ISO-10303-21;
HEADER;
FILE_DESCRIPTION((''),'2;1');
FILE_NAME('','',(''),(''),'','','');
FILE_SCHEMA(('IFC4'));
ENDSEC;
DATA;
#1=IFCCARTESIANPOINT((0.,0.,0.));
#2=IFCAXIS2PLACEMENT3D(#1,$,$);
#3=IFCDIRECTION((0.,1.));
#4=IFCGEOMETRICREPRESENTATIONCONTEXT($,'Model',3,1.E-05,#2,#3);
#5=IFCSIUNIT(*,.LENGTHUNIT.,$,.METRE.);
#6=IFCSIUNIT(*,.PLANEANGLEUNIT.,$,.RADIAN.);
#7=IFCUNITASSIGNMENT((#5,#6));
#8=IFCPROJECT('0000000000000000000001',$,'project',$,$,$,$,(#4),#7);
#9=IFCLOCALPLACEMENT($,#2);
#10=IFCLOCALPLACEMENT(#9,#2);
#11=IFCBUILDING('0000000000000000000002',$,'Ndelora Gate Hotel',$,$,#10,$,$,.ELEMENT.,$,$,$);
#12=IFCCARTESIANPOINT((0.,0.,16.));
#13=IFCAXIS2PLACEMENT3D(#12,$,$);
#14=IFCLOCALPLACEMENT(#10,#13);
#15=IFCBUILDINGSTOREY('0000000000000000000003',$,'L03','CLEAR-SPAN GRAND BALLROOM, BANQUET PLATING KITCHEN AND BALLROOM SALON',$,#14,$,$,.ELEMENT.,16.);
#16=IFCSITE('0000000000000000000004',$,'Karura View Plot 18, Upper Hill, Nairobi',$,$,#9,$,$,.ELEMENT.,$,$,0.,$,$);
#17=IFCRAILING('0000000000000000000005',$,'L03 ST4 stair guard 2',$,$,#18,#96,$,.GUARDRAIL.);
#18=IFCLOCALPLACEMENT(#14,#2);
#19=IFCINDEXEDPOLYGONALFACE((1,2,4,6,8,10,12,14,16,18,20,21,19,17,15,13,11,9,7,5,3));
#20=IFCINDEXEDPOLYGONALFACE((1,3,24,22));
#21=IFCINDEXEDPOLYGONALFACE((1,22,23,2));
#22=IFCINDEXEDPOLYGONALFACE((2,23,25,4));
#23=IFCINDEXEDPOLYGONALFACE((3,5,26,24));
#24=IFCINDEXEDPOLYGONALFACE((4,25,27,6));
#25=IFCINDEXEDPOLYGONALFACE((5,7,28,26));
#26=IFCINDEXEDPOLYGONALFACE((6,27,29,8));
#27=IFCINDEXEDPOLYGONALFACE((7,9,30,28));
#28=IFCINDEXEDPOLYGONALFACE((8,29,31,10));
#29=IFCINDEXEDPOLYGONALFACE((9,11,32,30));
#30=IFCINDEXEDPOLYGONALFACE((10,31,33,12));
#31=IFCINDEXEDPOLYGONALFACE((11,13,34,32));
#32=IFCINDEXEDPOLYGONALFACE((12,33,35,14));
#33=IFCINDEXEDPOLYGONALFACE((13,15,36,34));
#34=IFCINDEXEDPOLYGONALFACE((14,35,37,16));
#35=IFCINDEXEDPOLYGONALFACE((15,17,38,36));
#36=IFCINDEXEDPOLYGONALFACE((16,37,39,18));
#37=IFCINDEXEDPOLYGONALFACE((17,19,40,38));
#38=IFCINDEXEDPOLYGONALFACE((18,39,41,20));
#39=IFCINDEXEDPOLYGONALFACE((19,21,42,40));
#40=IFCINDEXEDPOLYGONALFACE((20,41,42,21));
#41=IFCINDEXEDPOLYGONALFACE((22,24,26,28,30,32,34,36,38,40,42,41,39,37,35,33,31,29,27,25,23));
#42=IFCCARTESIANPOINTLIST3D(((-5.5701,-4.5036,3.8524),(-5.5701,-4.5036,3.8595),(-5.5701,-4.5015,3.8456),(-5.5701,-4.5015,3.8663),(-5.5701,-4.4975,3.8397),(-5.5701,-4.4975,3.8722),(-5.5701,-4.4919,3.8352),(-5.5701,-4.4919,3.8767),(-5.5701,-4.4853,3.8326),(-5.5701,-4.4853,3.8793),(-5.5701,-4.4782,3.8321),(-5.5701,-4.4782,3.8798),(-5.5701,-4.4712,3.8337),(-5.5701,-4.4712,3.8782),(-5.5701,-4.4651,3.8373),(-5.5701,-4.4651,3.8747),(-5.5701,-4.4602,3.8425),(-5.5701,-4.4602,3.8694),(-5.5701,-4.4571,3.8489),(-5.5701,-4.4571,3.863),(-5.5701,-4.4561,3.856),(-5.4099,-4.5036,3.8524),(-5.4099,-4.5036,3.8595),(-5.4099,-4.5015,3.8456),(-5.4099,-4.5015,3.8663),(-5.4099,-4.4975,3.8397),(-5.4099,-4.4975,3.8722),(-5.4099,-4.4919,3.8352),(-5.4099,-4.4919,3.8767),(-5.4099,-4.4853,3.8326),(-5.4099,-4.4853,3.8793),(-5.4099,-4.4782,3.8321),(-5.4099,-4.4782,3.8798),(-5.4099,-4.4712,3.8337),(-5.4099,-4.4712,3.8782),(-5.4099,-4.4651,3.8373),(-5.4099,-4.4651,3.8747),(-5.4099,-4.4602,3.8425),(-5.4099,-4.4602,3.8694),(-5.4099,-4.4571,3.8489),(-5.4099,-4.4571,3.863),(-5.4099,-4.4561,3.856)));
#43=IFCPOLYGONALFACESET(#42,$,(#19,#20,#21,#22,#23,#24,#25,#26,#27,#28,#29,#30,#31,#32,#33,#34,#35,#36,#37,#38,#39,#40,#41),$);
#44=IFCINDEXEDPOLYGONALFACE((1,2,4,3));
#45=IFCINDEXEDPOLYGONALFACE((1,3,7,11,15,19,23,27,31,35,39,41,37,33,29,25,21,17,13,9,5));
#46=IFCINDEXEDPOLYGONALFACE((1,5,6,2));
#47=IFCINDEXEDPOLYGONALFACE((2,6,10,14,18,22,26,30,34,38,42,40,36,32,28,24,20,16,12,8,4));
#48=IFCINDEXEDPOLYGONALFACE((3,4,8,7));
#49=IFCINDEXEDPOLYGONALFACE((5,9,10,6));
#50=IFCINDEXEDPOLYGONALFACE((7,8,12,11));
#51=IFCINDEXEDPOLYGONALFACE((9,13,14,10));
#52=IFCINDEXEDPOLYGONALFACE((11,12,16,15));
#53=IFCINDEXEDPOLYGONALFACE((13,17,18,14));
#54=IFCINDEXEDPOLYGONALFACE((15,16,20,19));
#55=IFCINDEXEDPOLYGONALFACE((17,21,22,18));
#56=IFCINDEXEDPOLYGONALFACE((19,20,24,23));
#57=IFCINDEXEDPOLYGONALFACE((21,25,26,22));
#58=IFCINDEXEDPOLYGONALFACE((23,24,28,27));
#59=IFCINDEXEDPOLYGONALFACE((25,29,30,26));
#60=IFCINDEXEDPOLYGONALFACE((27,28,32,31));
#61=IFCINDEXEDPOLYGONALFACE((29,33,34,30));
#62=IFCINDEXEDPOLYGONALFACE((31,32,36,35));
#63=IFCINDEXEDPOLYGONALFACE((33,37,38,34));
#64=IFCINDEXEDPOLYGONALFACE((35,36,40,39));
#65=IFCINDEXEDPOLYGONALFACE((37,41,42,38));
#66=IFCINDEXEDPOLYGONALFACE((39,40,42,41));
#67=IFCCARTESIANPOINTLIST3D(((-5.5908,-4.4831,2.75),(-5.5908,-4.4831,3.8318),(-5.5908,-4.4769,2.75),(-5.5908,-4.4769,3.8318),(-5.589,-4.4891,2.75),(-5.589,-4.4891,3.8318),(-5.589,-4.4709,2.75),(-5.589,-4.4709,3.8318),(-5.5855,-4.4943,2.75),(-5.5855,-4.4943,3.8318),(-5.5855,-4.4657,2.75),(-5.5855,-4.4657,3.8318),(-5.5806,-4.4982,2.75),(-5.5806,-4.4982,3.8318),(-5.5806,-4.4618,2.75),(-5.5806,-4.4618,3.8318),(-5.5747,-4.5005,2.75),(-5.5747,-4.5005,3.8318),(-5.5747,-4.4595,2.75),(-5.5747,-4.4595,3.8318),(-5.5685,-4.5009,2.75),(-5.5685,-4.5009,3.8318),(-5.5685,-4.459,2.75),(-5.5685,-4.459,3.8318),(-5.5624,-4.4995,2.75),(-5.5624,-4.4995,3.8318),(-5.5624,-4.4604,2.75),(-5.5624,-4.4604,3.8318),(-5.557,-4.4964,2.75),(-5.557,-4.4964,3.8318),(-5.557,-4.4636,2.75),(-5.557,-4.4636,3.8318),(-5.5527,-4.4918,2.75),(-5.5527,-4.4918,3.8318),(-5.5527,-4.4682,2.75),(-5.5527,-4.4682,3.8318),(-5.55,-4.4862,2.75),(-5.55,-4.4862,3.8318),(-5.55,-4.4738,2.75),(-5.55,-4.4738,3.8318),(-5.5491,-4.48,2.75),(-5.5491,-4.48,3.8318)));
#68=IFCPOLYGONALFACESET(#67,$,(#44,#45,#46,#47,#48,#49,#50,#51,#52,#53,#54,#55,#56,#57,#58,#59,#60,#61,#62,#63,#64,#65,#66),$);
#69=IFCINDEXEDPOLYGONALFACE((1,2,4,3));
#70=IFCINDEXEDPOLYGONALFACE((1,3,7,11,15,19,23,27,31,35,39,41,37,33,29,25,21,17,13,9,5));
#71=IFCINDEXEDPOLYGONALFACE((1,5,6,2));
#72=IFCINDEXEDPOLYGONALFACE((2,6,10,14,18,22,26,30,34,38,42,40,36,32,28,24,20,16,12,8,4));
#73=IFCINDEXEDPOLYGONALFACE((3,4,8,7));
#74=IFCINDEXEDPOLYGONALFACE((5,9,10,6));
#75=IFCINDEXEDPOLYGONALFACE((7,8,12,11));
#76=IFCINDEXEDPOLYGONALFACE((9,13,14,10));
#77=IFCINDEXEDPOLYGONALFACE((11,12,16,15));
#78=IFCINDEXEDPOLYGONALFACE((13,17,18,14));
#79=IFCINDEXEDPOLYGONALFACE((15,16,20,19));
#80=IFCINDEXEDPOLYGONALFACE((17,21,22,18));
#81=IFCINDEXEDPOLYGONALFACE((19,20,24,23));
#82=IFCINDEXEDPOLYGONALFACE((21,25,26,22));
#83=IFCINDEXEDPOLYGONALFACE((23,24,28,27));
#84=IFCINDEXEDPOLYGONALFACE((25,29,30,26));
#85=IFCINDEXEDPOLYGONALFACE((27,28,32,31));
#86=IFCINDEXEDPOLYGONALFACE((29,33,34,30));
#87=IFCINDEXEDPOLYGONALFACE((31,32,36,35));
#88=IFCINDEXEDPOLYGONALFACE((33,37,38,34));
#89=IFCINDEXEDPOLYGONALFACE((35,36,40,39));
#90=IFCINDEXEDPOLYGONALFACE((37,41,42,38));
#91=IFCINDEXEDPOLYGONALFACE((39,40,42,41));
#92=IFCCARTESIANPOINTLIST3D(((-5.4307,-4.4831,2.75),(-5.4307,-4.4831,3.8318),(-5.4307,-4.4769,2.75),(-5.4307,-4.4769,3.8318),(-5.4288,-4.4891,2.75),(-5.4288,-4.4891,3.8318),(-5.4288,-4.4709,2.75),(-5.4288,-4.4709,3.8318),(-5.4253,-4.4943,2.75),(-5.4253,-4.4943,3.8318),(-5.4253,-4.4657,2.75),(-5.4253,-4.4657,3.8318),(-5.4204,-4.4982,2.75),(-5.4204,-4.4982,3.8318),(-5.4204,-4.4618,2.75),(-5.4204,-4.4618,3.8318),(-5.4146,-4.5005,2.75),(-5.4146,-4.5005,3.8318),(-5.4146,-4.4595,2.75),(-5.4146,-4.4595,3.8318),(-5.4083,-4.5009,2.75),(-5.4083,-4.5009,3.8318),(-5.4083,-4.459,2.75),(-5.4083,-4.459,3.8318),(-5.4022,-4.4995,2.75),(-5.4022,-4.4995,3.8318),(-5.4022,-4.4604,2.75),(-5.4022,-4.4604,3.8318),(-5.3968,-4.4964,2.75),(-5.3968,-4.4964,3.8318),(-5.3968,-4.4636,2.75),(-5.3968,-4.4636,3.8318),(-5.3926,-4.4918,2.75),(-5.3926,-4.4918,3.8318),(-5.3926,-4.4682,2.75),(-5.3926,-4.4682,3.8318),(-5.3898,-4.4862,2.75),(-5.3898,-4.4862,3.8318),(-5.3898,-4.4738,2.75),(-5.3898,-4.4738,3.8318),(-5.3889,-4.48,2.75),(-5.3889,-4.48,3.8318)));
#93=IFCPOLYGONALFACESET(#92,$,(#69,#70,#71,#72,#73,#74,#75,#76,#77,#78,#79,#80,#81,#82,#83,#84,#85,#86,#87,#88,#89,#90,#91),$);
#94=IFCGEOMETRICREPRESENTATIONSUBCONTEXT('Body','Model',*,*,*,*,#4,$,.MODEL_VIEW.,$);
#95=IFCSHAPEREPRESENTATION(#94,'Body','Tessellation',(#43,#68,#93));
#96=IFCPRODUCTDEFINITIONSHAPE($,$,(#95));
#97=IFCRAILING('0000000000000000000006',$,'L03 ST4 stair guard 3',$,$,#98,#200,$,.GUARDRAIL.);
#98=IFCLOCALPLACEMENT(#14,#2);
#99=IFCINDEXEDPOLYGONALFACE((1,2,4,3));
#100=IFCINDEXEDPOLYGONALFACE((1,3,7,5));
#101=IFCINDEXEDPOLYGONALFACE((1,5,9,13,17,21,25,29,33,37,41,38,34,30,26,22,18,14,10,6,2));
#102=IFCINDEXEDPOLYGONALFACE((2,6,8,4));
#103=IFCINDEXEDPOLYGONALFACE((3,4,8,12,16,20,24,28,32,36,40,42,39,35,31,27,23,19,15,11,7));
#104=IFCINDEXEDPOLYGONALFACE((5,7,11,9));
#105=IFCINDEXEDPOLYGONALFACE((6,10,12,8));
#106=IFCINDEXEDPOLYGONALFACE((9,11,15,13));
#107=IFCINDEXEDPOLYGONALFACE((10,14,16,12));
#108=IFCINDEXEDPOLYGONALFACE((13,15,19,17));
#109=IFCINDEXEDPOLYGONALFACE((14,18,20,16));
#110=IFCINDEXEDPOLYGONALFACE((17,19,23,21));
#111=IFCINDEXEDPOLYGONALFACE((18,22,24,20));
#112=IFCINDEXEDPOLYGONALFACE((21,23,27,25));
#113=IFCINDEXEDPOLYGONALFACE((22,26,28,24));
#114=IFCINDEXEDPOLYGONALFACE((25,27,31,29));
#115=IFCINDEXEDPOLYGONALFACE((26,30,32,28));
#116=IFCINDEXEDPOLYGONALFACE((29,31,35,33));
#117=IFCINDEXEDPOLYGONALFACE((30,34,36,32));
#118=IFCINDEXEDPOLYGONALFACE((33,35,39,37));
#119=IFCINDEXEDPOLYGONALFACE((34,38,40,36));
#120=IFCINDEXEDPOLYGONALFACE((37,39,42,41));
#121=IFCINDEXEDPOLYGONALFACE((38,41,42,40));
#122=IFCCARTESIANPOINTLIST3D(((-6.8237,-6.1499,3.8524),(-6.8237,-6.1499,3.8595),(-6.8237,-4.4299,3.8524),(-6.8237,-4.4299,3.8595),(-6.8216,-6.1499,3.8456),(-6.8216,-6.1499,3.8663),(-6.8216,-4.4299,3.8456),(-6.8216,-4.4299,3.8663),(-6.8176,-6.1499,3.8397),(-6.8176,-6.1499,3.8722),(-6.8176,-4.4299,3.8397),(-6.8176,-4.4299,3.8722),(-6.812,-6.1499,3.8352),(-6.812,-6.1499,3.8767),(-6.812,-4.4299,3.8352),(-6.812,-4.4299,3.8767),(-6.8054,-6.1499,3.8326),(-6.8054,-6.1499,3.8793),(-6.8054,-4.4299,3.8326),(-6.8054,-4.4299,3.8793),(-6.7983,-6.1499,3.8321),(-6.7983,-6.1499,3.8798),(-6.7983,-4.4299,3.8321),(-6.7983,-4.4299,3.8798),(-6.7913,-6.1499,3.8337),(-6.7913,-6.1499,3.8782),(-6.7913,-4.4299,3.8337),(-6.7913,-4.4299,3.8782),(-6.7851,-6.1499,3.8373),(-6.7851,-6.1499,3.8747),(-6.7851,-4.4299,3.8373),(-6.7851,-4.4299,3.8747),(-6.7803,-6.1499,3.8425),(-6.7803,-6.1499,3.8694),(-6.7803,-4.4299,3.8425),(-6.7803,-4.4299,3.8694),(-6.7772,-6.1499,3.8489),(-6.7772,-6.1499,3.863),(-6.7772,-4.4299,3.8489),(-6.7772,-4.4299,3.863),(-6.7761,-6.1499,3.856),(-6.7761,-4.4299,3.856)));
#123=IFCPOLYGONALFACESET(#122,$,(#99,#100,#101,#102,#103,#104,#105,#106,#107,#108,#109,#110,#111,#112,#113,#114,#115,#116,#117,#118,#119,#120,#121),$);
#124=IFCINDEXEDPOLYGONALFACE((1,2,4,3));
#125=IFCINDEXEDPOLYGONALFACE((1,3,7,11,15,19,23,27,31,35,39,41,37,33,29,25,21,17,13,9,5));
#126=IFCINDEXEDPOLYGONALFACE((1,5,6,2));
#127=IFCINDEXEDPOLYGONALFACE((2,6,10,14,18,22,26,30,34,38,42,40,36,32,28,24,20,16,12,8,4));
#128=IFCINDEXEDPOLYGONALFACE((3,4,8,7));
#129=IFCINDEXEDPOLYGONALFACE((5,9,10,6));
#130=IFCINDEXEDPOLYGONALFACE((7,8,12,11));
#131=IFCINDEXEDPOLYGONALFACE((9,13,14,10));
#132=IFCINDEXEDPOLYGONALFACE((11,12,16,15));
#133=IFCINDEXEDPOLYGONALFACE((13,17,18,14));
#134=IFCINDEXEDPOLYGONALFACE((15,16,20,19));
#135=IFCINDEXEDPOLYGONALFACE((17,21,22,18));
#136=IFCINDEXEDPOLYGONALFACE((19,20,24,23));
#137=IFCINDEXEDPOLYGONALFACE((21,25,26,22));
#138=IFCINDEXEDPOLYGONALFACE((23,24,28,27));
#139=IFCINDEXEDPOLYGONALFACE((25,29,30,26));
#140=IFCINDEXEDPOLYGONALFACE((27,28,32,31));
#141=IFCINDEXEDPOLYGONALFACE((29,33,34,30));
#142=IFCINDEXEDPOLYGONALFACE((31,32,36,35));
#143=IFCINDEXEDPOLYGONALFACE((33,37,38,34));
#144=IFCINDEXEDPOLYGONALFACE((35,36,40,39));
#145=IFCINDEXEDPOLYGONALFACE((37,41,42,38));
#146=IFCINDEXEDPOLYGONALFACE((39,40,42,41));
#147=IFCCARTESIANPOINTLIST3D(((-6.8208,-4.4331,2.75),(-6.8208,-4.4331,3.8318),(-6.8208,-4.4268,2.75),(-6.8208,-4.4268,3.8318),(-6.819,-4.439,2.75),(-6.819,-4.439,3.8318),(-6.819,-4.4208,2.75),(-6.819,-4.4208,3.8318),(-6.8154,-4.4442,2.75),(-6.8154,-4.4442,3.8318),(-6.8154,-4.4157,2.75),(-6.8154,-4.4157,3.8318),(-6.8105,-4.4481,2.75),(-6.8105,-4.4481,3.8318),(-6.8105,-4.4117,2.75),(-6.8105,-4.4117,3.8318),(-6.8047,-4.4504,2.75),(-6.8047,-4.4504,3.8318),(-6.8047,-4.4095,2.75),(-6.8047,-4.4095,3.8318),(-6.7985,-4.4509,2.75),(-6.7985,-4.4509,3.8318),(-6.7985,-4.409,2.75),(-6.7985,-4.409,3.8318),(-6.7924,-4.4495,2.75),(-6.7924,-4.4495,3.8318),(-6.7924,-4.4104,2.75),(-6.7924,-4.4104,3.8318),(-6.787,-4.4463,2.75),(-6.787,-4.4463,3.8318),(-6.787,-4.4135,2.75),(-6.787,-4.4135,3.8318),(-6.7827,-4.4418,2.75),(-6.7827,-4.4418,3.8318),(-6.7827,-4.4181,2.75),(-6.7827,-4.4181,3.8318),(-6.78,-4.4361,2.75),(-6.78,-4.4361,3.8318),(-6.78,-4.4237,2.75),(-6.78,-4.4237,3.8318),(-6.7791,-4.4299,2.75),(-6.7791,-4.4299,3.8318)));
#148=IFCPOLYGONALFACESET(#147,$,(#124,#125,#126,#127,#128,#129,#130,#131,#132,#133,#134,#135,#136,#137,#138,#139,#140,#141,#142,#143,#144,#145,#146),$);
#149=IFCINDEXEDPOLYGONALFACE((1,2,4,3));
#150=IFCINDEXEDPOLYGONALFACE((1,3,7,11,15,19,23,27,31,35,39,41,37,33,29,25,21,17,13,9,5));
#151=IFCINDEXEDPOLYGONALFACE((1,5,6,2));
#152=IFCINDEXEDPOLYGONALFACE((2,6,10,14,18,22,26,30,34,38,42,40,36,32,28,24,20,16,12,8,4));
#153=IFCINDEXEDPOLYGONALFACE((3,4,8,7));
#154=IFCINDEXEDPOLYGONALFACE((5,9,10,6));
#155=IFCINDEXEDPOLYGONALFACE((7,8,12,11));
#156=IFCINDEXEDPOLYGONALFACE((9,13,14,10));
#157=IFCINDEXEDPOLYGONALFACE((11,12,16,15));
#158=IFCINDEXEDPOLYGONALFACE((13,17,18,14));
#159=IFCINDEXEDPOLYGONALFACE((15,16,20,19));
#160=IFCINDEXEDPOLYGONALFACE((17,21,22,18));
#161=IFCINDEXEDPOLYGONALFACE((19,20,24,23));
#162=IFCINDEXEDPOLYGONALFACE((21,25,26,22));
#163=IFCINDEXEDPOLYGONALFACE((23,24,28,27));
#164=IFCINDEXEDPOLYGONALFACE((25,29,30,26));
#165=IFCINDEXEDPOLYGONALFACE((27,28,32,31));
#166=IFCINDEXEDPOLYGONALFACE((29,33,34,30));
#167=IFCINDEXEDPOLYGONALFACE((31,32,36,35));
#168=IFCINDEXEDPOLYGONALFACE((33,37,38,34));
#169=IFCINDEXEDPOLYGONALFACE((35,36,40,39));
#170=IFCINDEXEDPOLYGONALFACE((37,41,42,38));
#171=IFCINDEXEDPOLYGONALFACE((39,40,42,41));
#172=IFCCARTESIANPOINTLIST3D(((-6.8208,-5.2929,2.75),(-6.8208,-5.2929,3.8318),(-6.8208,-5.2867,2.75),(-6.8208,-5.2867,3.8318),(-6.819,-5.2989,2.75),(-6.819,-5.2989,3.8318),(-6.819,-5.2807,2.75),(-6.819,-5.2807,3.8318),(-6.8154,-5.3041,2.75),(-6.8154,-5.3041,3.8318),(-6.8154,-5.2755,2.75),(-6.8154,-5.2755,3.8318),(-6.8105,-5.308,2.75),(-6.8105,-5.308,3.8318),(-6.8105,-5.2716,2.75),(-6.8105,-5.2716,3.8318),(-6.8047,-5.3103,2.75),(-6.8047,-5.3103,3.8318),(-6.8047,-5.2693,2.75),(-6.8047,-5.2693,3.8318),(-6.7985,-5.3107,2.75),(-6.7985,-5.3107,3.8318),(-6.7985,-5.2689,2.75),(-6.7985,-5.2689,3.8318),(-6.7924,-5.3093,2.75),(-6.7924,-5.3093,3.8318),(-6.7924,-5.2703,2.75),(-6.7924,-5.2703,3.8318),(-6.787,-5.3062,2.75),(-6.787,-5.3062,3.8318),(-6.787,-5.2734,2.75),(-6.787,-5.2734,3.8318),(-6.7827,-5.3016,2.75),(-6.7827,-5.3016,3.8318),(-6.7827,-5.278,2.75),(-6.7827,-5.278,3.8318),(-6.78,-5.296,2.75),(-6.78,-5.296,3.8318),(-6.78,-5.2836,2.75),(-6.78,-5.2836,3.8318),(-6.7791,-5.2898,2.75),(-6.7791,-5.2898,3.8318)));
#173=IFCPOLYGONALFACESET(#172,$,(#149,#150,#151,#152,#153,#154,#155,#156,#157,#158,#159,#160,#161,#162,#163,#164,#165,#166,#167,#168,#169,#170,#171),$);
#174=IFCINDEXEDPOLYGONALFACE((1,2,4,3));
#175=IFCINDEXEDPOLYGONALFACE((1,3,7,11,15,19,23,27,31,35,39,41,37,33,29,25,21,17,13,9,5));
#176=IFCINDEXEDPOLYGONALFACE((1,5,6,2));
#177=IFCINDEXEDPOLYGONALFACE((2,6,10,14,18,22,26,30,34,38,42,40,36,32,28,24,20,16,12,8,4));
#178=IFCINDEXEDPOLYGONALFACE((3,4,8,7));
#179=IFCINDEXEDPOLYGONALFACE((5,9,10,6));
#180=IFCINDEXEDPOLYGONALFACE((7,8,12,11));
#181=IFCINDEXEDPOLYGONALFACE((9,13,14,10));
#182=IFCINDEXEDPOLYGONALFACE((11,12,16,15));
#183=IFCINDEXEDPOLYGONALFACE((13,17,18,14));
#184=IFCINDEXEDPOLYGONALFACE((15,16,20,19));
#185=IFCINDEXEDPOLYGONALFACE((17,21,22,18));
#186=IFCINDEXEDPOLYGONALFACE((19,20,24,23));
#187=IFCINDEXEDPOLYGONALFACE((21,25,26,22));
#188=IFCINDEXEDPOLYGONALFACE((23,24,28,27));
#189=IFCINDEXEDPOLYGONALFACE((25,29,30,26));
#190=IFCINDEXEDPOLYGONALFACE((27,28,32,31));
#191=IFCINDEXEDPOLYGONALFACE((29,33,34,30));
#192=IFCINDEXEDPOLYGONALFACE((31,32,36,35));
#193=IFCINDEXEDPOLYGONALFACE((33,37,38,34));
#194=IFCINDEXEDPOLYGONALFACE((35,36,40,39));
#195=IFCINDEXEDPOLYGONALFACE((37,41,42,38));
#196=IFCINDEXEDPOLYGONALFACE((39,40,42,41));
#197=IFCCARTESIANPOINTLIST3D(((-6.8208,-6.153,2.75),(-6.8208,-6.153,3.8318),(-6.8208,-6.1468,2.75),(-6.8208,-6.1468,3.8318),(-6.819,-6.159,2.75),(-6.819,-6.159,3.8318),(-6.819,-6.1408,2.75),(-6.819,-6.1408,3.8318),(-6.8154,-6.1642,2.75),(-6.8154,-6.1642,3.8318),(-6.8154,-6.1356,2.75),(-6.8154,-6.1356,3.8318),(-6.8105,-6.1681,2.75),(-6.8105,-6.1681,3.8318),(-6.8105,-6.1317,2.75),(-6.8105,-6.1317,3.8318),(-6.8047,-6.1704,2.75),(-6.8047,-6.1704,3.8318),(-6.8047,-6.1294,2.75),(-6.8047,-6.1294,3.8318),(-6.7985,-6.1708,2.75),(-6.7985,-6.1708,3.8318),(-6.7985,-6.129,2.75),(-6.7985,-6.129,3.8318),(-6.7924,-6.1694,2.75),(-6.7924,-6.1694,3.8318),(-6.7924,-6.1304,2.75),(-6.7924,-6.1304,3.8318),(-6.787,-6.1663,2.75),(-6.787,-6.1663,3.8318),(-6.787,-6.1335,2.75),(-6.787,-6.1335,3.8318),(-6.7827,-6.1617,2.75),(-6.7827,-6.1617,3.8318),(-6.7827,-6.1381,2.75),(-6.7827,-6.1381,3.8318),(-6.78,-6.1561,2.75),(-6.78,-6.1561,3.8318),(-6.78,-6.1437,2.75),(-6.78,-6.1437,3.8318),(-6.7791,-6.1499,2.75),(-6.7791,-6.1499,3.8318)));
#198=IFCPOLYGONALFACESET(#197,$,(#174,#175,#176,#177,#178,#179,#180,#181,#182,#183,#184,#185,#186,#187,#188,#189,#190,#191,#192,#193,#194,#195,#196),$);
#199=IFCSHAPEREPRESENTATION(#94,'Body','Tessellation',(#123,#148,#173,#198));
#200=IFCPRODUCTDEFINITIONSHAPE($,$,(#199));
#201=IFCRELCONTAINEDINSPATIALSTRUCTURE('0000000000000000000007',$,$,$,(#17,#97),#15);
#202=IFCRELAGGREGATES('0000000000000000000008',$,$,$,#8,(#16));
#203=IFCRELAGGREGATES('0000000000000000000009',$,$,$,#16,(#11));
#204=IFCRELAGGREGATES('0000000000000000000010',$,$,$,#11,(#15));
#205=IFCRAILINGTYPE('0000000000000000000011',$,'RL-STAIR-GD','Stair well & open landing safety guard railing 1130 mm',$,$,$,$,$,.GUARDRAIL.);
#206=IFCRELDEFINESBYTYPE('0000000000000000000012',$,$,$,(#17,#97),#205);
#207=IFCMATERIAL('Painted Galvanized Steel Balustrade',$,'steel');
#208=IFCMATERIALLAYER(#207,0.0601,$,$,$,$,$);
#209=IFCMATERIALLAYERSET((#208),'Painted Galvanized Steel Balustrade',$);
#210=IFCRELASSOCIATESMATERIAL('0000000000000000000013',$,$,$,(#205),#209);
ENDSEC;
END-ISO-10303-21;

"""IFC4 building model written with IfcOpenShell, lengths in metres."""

from ifc_helpers import new_model, si_unit, direction, frame, origin, origin_2d, place, context, subcontext, project, spatial, circle, extrude, material, layer, layer_set, type_object, element, save


model = new_model("IFC4")

# Units and contexts
model_context = context("Model", 3, precision=1e-05, world=origin(), true_north=direction((0.0, 1.0)))
body_context = subcontext(model_context, "Body", "Model", "MODEL_VIEW")
ifc_project = project(units=[si_unit("LENGTHUNIT", "METRE"), si_unit("PLANEANGLEUNIT", "RADIAN")], contexts=[model_context])

# Site, building, storey
site_placement = place(None, origin())
site = spatial("IfcSite", under=ifc_project, at=site_placement, Name="Karura View Plot 18, Upper Hill, Nairobi", CompositionType="ELEMENT", RefElevation=0.0)
building_placement = place(site_placement, origin())
building = spatial("IfcBuilding", under=site, at=building_placement, Name="Ndelora Gate Hotel", CompositionType="ELEMENT")
storey_placement = place(building_placement, frame((0.0, 0.0, 16.0)))
storey = spatial("IfcBuildingStorey", under=building, at=storey_placement, Name="L03", Description="CLEAR-SPAN GRAND BALLROOM, BANQUET PLATING KITCHEN AND BALLROOM SALON", CompositionType="ELEMENT", Elevation=16.0)

# Railings
ifc_material_1 = material(Name="Painted Galvanized Steel Balustrade", Category="steel")
ifc_layer_1 = layer(ifc_material_1, 0.0601)
ifc_layer_set_1 = layer_set([ifc_layer_1], Name="Painted Galvanized Steel Balustrade")
railing_type = type_object("IfcRailingType", Name="RL-STAIR-GD", Description="Stair well & open landing safety guard railing 1130 mm", PredefinedType="GUARDRAIL", material=ifc_layer_set_1)
railing_1_placement = place(storey_placement, frame((-5.5701, -4.48, 2.75)))
element("IfcRailing", 1, at=railing_1_placement, inside=storey, type_object=railing_type, Name="L03 ST4 stair guard 2", PredefinedType="GUARDRAIL", context=body_context, shape_type="SweptSolid", body=[
    extrude(circle(Radius=0.0239, at=origin_2d()), frame((0.0, 0.0, 1.106), z_axis=(1.0, 0.0, 0.0), x_axis=(0.0, 1.0, 0.0)), (0.0, 0.0, 1.0), 0.1602),
    extrude(circle(Radius=0.021, at=origin_2d()), origin(), (0.0, 0.0, 1.0), 1.0818),
    extrude(circle(Radius=0.021, at=origin_2d()), frame((0.1602, 0.0, 0.0)), (0.0, 0.0, 1.0), 1.0818),
])
for number, where, name in (
    (2, (-6.8, -4.4299, 2.75), "L03 ST4 stair guard 3"),
):
    element("IfcRailing", number, at=place(storey_placement, frame(where)), inside=storey, type_object=railing_type, Name=name, PredefinedType="GUARDRAIL", context=body_context, shape_type="SweptSolid", body=[
        extrude(circle(Radius=0.0239, at=origin_2d()), frame((0.0, 0.0, 1.106), z_axis=(0.0, -1.0, 0.0), x_axis=(1.0, 0.0, 0.0)), (0.0, 0.0, 1.0), 1.72),
        extrude(circle(Radius=0.021, at=origin_2d()), origin(), (0.0, 0.0, 1.0), 1.0818),
        extrude(circle(Radius=0.021, at=origin_2d()), frame((0.0, -0.8599, 0.0)), (0.0, 0.0, 1.0), 1.0818),
        extrude(circle(Radius=0.021, at=origin_2d()), frame((0.0, -1.72, 0.0)), (0.0, 0.0, 1.0), 1.0818),
    ])

save(model, "model.ifc")
